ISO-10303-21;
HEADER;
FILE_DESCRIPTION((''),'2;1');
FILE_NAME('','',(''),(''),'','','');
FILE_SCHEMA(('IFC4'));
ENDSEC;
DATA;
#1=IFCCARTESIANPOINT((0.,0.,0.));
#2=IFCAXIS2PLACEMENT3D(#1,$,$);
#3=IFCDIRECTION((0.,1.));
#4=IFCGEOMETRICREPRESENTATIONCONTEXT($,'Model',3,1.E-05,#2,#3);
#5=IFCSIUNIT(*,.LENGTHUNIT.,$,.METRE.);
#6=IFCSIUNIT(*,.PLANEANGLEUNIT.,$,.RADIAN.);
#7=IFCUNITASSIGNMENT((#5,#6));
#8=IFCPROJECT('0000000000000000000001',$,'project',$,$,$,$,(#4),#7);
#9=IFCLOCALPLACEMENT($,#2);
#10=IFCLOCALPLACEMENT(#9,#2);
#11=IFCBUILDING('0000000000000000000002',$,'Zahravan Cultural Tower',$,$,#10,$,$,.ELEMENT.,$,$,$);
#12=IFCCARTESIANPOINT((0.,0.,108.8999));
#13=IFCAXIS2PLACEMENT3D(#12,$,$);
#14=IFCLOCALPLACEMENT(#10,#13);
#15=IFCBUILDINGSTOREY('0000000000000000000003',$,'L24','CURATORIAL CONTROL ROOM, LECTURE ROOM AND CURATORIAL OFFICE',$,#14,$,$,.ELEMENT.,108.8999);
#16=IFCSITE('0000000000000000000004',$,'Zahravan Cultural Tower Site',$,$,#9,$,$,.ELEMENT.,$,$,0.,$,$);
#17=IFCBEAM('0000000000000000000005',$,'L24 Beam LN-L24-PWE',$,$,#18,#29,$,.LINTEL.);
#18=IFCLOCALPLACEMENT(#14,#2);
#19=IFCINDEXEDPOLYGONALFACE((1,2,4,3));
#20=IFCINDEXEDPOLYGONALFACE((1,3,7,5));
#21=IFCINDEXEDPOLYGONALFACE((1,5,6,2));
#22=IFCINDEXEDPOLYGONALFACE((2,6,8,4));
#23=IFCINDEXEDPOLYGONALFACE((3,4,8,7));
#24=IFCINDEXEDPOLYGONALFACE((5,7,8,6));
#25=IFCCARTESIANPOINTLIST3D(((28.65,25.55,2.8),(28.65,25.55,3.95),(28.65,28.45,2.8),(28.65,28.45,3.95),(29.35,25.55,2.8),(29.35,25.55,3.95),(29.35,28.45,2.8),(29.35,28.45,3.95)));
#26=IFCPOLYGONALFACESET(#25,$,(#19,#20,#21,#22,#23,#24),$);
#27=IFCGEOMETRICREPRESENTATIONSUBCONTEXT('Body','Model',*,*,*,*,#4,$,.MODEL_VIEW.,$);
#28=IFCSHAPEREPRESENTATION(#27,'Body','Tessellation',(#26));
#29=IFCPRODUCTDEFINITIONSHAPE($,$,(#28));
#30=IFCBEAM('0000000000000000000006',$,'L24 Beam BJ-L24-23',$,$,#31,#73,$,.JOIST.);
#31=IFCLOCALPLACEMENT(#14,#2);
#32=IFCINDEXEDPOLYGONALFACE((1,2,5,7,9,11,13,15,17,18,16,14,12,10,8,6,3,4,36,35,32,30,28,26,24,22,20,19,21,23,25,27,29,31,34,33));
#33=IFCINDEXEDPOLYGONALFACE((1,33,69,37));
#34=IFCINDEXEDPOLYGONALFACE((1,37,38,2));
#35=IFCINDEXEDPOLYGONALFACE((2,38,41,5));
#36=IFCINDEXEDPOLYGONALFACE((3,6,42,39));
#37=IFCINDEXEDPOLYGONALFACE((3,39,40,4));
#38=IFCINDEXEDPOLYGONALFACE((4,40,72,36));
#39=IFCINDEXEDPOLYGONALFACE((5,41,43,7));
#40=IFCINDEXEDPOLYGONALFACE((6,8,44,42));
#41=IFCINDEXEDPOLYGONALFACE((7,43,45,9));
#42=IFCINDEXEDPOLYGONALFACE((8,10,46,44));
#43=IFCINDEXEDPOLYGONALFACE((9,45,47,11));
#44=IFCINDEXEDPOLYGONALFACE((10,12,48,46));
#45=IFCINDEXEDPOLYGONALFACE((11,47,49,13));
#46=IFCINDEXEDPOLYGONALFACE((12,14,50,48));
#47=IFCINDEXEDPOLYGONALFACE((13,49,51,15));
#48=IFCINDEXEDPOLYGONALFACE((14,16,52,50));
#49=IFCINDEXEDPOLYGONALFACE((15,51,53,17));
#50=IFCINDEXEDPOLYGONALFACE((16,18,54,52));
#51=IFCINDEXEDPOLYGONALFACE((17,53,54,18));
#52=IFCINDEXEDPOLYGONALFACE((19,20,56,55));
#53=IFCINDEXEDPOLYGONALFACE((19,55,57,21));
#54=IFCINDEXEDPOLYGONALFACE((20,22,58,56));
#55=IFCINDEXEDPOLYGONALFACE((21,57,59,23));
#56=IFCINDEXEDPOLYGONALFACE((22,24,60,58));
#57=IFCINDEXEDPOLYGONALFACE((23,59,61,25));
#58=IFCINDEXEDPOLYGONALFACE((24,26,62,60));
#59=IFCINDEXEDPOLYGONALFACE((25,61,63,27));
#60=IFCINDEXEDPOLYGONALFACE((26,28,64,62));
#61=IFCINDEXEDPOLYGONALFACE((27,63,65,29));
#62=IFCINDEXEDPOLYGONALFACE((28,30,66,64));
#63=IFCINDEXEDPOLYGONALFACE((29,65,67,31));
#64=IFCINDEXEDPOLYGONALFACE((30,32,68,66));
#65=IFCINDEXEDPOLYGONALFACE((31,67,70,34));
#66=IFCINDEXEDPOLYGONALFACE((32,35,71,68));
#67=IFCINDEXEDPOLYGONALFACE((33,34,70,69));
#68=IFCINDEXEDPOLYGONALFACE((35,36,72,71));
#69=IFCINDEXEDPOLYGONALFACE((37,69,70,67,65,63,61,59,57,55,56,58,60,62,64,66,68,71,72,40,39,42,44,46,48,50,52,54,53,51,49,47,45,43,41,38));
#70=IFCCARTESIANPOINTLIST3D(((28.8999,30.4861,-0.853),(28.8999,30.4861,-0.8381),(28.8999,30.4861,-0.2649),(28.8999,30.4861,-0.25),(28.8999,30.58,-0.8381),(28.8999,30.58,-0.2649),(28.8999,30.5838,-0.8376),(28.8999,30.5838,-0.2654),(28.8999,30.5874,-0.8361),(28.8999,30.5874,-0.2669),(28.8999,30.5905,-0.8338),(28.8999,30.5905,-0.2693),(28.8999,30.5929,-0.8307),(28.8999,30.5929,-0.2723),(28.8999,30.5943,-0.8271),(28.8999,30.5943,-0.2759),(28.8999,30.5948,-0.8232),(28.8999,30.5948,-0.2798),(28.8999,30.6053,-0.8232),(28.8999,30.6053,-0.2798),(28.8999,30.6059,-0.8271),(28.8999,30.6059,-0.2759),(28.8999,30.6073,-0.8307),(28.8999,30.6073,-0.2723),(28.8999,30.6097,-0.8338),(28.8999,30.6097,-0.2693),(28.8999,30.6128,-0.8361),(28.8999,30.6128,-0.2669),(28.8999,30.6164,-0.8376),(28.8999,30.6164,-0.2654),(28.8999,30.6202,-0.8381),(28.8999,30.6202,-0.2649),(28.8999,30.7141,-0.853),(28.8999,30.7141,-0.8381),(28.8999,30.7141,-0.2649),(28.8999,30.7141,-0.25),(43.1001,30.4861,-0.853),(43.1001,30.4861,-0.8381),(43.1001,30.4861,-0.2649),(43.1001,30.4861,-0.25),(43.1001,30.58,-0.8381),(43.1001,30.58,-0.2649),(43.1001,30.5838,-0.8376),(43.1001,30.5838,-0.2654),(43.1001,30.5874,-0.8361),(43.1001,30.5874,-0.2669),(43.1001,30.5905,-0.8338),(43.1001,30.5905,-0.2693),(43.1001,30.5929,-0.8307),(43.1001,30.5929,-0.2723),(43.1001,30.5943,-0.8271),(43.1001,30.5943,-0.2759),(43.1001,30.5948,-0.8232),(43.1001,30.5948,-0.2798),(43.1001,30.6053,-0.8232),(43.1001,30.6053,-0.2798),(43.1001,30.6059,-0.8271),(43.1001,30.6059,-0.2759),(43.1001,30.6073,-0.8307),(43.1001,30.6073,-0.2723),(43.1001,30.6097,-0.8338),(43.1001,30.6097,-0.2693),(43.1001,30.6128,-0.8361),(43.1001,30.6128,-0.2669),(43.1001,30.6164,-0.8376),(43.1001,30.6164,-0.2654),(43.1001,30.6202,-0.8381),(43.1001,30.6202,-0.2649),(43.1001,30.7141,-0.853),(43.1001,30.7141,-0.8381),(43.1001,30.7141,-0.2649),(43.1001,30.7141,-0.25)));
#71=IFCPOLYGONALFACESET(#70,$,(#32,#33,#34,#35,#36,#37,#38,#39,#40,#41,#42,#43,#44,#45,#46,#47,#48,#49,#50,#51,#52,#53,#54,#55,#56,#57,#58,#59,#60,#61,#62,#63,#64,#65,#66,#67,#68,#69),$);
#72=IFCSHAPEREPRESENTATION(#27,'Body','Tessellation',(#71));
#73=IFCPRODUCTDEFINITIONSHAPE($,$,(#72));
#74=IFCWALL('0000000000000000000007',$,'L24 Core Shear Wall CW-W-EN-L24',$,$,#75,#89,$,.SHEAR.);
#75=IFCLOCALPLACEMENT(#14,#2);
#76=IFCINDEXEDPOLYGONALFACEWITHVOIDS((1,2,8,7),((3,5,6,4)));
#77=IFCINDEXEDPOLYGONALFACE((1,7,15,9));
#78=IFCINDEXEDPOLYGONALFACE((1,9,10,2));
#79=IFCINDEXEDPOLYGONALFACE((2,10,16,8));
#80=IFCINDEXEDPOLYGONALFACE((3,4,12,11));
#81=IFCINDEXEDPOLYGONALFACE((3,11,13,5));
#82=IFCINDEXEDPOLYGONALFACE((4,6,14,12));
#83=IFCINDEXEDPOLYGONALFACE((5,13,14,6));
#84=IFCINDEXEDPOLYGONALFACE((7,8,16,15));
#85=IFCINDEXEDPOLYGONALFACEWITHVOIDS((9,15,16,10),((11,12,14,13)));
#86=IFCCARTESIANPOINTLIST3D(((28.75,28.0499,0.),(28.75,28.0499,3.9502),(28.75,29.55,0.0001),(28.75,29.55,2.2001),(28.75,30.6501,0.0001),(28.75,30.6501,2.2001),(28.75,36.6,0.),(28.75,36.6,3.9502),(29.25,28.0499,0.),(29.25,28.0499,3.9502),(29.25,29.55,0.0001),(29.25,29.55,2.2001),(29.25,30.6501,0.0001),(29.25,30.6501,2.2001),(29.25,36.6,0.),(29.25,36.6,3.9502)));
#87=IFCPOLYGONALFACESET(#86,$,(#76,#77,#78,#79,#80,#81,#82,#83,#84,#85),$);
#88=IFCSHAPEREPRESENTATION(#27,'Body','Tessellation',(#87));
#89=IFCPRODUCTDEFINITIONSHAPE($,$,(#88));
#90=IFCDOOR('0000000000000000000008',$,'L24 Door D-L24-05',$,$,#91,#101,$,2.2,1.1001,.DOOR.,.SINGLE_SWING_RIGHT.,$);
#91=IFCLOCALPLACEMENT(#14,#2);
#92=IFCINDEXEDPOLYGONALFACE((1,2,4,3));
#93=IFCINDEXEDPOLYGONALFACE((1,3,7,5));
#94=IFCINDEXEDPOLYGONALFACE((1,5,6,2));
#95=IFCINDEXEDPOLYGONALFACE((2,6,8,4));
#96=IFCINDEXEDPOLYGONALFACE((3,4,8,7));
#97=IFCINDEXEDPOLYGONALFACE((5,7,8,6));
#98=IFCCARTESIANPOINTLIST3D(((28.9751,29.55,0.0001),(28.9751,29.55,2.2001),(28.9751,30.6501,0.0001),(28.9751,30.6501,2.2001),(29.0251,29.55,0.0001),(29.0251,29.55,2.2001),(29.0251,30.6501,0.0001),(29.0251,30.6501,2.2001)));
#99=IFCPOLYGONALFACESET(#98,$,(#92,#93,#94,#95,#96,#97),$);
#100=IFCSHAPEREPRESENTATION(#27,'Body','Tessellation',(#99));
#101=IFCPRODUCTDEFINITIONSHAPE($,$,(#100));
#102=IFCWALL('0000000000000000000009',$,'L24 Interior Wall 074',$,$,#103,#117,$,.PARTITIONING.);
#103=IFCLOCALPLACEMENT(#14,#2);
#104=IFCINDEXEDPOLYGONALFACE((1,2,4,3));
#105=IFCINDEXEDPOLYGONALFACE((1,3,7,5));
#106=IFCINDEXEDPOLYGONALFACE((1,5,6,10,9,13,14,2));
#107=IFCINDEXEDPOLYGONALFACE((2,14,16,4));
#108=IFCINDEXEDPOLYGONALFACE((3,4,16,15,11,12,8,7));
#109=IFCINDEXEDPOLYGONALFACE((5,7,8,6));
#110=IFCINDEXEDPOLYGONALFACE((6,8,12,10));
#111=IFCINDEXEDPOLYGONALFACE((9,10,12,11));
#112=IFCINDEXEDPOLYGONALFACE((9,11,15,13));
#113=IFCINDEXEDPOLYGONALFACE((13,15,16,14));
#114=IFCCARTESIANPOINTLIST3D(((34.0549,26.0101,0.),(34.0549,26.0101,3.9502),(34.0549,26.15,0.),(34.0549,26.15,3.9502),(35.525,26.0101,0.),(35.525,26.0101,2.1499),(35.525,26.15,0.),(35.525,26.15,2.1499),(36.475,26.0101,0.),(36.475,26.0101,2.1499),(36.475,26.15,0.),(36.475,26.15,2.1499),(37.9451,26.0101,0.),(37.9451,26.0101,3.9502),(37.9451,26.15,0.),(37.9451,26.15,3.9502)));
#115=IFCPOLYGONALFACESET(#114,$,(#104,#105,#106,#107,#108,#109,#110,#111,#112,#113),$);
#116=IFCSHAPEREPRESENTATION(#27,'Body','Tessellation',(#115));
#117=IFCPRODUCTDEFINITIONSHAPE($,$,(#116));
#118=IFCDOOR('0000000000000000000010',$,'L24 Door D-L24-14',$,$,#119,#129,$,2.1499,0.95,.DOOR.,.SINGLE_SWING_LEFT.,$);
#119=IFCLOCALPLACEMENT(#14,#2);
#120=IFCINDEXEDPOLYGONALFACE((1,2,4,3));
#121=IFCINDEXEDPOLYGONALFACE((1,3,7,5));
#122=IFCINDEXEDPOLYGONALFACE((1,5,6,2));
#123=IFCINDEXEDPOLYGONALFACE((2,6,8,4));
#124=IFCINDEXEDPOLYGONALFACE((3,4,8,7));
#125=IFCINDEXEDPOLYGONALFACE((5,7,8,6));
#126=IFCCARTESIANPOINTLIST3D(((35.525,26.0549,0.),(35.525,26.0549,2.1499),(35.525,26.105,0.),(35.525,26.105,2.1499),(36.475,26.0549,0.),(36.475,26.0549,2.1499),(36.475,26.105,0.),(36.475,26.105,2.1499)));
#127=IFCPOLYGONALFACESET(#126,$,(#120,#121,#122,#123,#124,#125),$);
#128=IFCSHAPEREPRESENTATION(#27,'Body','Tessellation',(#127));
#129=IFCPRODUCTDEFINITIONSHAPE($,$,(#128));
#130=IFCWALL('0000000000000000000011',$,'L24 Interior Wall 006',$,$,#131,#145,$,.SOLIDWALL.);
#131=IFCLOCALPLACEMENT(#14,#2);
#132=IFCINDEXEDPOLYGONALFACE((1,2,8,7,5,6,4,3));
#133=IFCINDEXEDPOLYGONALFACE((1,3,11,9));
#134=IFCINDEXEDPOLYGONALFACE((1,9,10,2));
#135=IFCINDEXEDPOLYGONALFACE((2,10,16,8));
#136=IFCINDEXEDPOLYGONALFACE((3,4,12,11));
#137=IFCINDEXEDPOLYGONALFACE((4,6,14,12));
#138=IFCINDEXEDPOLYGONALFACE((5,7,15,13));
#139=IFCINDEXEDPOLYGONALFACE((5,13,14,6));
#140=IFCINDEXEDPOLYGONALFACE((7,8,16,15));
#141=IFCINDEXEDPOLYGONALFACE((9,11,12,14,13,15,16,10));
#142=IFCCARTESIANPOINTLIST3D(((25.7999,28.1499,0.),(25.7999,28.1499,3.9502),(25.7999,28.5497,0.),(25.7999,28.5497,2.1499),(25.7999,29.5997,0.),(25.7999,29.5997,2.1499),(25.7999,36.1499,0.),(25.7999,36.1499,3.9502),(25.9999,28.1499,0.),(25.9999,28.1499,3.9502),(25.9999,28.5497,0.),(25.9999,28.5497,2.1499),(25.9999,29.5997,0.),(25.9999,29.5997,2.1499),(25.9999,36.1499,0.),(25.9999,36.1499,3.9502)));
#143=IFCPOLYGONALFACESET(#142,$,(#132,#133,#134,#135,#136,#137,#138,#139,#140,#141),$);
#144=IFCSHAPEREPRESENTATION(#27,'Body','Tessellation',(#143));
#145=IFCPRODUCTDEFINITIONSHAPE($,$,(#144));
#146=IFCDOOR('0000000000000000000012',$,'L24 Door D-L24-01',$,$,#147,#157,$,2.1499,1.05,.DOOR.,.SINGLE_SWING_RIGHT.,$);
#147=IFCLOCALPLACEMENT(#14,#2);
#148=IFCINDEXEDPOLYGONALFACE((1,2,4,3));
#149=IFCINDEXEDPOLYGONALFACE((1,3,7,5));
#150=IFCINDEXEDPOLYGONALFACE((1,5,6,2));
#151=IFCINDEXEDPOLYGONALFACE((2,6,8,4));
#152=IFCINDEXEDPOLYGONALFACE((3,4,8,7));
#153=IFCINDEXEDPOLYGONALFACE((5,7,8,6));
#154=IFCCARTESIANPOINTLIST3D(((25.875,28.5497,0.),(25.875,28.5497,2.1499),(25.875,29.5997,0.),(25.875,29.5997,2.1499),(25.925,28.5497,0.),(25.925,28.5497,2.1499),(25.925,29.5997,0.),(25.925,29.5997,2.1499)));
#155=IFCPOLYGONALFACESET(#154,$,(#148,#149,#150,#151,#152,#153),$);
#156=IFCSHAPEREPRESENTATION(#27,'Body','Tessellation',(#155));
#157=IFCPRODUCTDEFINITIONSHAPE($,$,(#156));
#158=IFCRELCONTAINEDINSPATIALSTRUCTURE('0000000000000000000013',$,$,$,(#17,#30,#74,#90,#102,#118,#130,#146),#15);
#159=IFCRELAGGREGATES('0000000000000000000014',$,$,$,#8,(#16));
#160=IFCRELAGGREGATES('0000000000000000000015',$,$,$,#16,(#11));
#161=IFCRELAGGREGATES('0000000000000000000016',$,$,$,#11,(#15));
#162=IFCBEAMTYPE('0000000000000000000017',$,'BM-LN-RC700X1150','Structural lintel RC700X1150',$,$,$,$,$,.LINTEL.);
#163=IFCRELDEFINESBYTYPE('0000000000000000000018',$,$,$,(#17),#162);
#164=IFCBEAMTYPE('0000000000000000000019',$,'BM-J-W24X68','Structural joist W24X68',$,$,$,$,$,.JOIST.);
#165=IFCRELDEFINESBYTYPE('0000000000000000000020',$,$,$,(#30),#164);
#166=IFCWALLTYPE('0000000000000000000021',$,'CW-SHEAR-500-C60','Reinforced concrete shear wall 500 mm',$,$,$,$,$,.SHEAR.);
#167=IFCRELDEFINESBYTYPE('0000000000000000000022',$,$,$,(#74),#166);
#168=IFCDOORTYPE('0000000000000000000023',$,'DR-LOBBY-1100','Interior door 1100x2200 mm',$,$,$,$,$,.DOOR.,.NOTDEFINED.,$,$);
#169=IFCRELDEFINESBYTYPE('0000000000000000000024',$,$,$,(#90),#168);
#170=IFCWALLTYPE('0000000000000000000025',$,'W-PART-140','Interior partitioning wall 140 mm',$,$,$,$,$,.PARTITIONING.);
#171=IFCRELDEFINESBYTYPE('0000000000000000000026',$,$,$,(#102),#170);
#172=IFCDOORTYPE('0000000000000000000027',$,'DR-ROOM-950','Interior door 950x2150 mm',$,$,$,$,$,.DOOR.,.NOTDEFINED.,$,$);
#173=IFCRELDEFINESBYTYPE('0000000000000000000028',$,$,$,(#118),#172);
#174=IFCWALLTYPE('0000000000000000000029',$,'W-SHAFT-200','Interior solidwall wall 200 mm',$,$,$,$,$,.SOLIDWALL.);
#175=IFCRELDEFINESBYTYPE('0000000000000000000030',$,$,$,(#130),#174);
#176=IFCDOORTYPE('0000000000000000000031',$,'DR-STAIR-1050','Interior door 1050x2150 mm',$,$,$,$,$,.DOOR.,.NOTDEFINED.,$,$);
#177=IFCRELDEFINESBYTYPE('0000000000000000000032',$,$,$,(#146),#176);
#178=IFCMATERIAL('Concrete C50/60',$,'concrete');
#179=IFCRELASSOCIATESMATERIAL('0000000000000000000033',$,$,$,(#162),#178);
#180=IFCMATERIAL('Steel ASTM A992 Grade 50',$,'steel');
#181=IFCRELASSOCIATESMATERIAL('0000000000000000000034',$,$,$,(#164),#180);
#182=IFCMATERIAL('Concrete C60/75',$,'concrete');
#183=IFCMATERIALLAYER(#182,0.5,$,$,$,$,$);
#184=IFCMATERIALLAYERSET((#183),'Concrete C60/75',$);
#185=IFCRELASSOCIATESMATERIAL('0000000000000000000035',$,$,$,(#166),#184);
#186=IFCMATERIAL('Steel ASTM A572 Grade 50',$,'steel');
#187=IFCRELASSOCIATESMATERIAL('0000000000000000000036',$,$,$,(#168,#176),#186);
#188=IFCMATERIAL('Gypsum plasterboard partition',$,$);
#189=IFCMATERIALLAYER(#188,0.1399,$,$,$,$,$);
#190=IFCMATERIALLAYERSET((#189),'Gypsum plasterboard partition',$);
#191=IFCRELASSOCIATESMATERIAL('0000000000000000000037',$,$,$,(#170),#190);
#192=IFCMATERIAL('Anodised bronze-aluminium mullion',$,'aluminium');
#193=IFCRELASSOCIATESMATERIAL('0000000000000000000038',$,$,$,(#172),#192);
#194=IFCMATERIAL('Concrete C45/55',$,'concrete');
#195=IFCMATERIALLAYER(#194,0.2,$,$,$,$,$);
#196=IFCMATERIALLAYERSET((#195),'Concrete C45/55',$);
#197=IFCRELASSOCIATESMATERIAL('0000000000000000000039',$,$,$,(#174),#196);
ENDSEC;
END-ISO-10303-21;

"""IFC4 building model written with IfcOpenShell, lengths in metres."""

from ifc_helpers import new_model, si_unit, direction, frame, frame_2d, origin, origin_2d, place, context, subcontext, project, spatial, rectangle, i_section, extrude, source, transform, mapped, material, layer, layer_set, material_profile, profile_set, type_object, element, fill, save


model = new_model("IFC4")

# Units and contexts
model_context = context("Model", 3, precision=1e-05, world=origin(), true_north=direction((0.0, 1.0)))
body_context = subcontext(model_context, "Body", "Model", "MODEL_VIEW")
ifc_project = project(units=[si_unit("LENGTHUNIT", "METRE"), si_unit("PLANEANGLEUNIT", "RADIAN")], contexts=[model_context])

# Site, building, storey
site_placement = place(None, origin())
site = spatial("IfcSite", under=ifc_project, at=site_placement, Name="Zahravan Cultural Tower Site", CompositionType="ELEMENT", RefElevation=0.0)
building_placement = place(site_placement, origin())
building = spatial("IfcBuilding", under=site, at=building_placement, Name="Zahravan Cultural Tower", CompositionType="ELEMENT")
storey_placement = place(building_placement, frame((0.0, 0.0, 108.8999)))
storey = spatial("IfcBuildingStorey", under=building, at=storey_placement, Name="L24", Description="CURATORIAL CONTROL ROOM, LECTURE ROOM AND CURATORIAL OFFICE", CompositionType="ELEMENT", Elevation=108.8999)

# Beams
ifc_material_1 = material(Name="Concrete C50/60", Category="concrete")
ifc_material_profile_1 = material_profile(ifc_material_1, rectangle(XDim=0.7, YDim=1.1499, at=origin_2d()), Name="RC700X1150")
ifc_profile_set_1 = profile_set([ifc_material_profile_1], Name="Concrete C50/60")
beam_type_1 = type_object("IfcBeamType", Name="BM-LN-RC700X1150", Description="Structural lintel RC700X1150", PredefinedType="LINTEL", material=ifc_profile_set_1)
shared_shape_1 = source(origin(), body_context, "Body", "SweptSolid", [
    extrude(rectangle(XDim=0.7, YDim=1.1499, at=origin_2d()), origin(), (0.0, 0.0, 1.0), 2.8999),
])
beam_1_placement = place(storey_placement, frame((29.0, 25.55, 3.375), z_axis=(0.0, 1.0, 0.0), x_axis=(-1.0, 0.0, 0.0)))
element("IfcBeam", 1, at=beam_1_placement, inside=storey, type_object=beam_type_1, Name="L24 Beam LN-L24-PWE", PredefinedType="LINTEL", context=body_context, shape_type="MappedRepresentation", body=[
    mapped(shared_shape_1, transform((0.0, 0.0, 0.0), x_axis=(1.0, 0.0, 0.0), y_axis=(0.0, 1.0, 0.0), z_axis=(0.0, 0.0, 1.0), scale=1.0)),
])
ifc_material_2 = material(Name="Steel ASTM A992 Grade 50", Category="steel")
ifc_material_profile_2 = material_profile(ifc_material_2, i_section(OverallWidth=0.228, OverallDepth=0.603, WebThickness=0.0105, FlangeThickness=0.0149, FilletRadius=0.0149, at=origin_2d()), Name="W24X68")
ifc_profile_set_2 = profile_set([ifc_material_profile_2], Name="Steel ASTM A992 Grade 50")
beam_type_2 = type_object("IfcBeamType", Name="BM-J-W24X68", Description="Structural joist W24X68", PredefinedType="JOIST", material=ifc_profile_set_2)
shared_shape_2 = source(origin(), body_context, "Body", "SweptSolid", [
    extrude(i_section(OverallWidth=0.228, OverallDepth=0.603, WebThickness=0.0105, FlangeThickness=0.0149, FilletRadius=0.0149, at=origin_2d()), origin(), (0.0, 0.0, 1.0), 14.2002),
])
beam_2_placement = place(storey_placement, frame((28.8999, 30.6001, -0.5515), z_axis=(1.0, 0.0, 0.0), x_axis=(0.0, 1.0, 0.0)))
element("IfcBeam", 2, at=beam_2_placement, inside=storey, type_object=beam_type_2, Name="L24 Beam BJ-L24-23", PredefinedType="JOIST", context=body_context, shape_type="MappedRepresentation", body=[
    mapped(shared_shape_2, transform((0.0, 0.0, 0.0), x_axis=(1.0, 0.0, 0.0), y_axis=(0.0, 1.0, 0.0), z_axis=(0.0, 0.0, 1.0), scale=1.0)),
])

# Walls, openings, doors
ifc_material_3 = material(Name="Concrete C60/75", Category="concrete")
ifc_layer_1 = layer(ifc_material_3, 0.5)
ifc_layer_set_1 = layer_set([ifc_layer_1], Name="Concrete C60/75")
wall_type_1 = type_object("IfcWallType", Name="CW-SHEAR-500-C60", Description="Reinforced concrete shear wall 500 mm", PredefinedType="SHEAR", material=ifc_layer_set_1)
wall_1_placement = place(storey_placement, frame((29.0, 28.05, 0.0), z_axis=(0.0, 0.0, 1.0), x_axis=(0.0, 1.0, 0.0)))
wall_1 = element("IfcWall", 3, at=wall_1_placement, inside=storey, type_object=wall_type_1, Name="L24 Core Shear Wall CW-W-EN-L24", PredefinedType="SHEAR", context=body_context, shape_type="SweptSolid", body=[
    extrude(rectangle(XDim=8.55, YDim=0.5, at=frame_2d((4.2749, 0.0))), origin(), (0.0, 0.0, 1.0), 3.9502),
])
opening_1_placement = place(wall_1_placement, frame((1.5, 0.0, 0.0)))
opening_1 = element("IfcOpeningElement", 4, at=opening_1_placement, cuts=wall_1, PredefinedType="OPENING", context=body_context, shape_type="SweptSolid", body=[
    extrude(rectangle(XDim=1.1001, YDim=2.2, at=frame_2d((0.55, 1.1001))), frame((0.0, 0.26, 0.0), z_axis=(0.0, -1.0, 0.0), x_axis=(1.0, 0.0, 0.0)), (0.0, 0.0, 1.0), 0.52),
])
ifc_material_4 = material(Name="Steel ASTM A572 Grade 50", Category="steel")
door_type_1 = type_object("IfcDoorType", Name="DR-LOBBY-1100", Description="Interior door 1100x2200 mm", OperationType="NOTDEFINED", PredefinedType="DOOR", material=ifc_material_4)
shared_shape_3 = source(origin(), body_context, "Body", "SweptSolid", [
    extrude(rectangle(XDim=1.1001, YDim=2.2, at=frame_2d((0.55, 1.1001))), frame((0.0, 0.0249, 0.0), z_axis=(0.0, -1.0, 0.0), x_axis=(1.0, 0.0, 0.0)), (0.0, 0.0, 1.0), 0.05),
])
door_1_placement = place(opening_1_placement, origin())
door_1 = element("IfcDoor", 5, at=door_1_placement, inside=storey, type_object=door_type_1, Name="L24 Door D-L24-05", OperationType="SINGLE_SWING_RIGHT", OverallHeight=2.2, OverallWidth=1.1001, PredefinedType="DOOR", context=body_context, shape_type="MappedRepresentation", body=[
    mapped(shared_shape_3, transform((0.0, 0.0, 0.0), x_axis=(1.0, 0.0, 0.0), y_axis=(0.0, 1.0, 0.0), z_axis=(0.0, 0.0, 1.0), scale=1.0)),
])
fill(opening_1, door_1)
ifc_material_5 = material(Name="Gypsum plasterboard partition")
ifc_layer_2 = layer(ifc_material_5, 0.1399)
ifc_layer_set_2 = layer_set([ifc_layer_2], Name="Gypsum plasterboard partition")
wall_type_2 = type_object("IfcWallType", Name="W-PART-140", Description="Interior partitioning wall 140 mm", PredefinedType="PARTITIONING", material=ifc_layer_set_2)
wall_2_placement = place(storey_placement, frame((34.0549, 26.0801, 0.0), z_axis=(0.0, 0.0, 1.0), x_axis=(1.0, 0.0, 0.0)))
wall_2 = element("IfcWall", 6, at=wall_2_placement, inside=storey, type_object=wall_type_2, Name="L24 Interior Wall 074", PredefinedType="PARTITIONING", context=body_context, shape_type="SweptSolid", body=[
    extrude(rectangle(XDim=3.8901, YDim=0.1399, at=frame_2d((1.9451, 0.0))), origin(), (0.0, 0.0, 1.0), 3.9502),
])
opening_2_placement = place(wall_2_placement, frame((1.47, 0.0, 0.0)))
opening_2 = element("IfcOpeningElement", 7, at=opening_2_placement, cuts=wall_2, PredefinedType="OPENING", context=body_context, shape_type="SweptSolid", body=[
    extrude(rectangle(XDim=0.95, YDim=2.1499, at=frame_2d((0.4751, 1.075))), frame((0.0, 0.0798, 0.0), z_axis=(0.0, -1.0, 0.0), x_axis=(1.0, 0.0, 0.0)), (0.0, 0.0, 1.0), 0.1599),
])
ifc_material_6 = material(Name="Anodised bronze-aluminium mullion", Category="aluminium")
door_type_2 = type_object("IfcDoorType", Name="DR-ROOM-950", Description="Interior door 950x2150 mm", OperationType="NOTDEFINED", PredefinedType="DOOR", material=ifc_material_6)
shared_shape_4 = source(origin(), body_context, "Body", "SweptSolid", [
    extrude(rectangle(XDim=0.95, YDim=2.1499, at=frame_2d((0.4751, 1.075))), frame((0.0, 0.0249, 0.0), z_axis=(0.0, -1.0, 0.0), x_axis=(1.0, 0.0, 0.0)), (0.0, 0.0, 1.0), 0.05),
])
door_2_placement = place(opening_2_placement, origin())
door_2 = element("IfcDoor", 8, at=door_2_placement, inside=storey, type_object=door_type_2, Name="L24 Door D-L24-14", OperationType="SINGLE_SWING_LEFT", OverallHeight=2.1499, OverallWidth=0.95, PredefinedType="DOOR", context=body_context, shape_type="MappedRepresentation", body=[
    mapped(shared_shape_4, transform((0.0, 0.0, 0.0), x_axis=(1.0, 0.0, 0.0), y_axis=(0.0, 1.0, 0.0), z_axis=(0.0, 0.0, 1.0), scale=1.0)),
])
fill(opening_2, door_2)
ifc_material_7 = material(Name="Concrete C45/55", Category="concrete")
ifc_layer_3 = layer(ifc_material_7, 0.2)
ifc_layer_set_3 = layer_set([ifc_layer_3], Name="Concrete C45/55")
wall_type_3 = type_object("IfcWallType", Name="W-SHAFT-200", Description="Interior solidwall wall 200 mm", PredefinedType="SOLIDWALL", material=ifc_layer_set_3)
wall_3_placement = place(storey_placement, frame((25.8999, 28.1499, 0.0), z_axis=(0.0, 0.0, 1.0), x_axis=(0.0, 1.0, 0.0)))
wall_3 = element("IfcWall", 9, at=wall_3_placement, inside=storey, type_object=wall_type_3, Name="L24 Interior Wall 006", PredefinedType="SOLIDWALL", context=body_context, shape_type="SweptSolid", body=[
    extrude(rectangle(XDim=8.0, YDim=0.2, at=frame_2d((4.0, 0.0))), origin(), (0.0, 0.0, 1.0), 3.9502),
])
opening_3_placement = place(wall_3_placement, frame((0.3999, 0.0, 0.0)))
opening_3 = element("IfcOpeningElement", 10, at=opening_3_placement, cuts=wall_3, PredefinedType="OPENING", context=body_context, shape_type="SweptSolid", body=[
    extrude(rectangle(XDim=1.05, YDim=2.1499, at=frame_2d((0.5249, 1.075))), frame((0.0, 0.1099, 0.0), z_axis=(0.0, -1.0, 0.0), x_axis=(1.0, 0.0, 0.0)), (0.0, 0.0, 1.0), 0.22),
])
door_type_3 = type_object("IfcDoorType", Name="DR-STAIR-1050", Description="Interior door 1050x2150 mm", OperationType="NOTDEFINED", PredefinedType="DOOR", material=ifc_material_4)
shared_shape_5 = source(origin(), body_context, "Body", "SweptSolid", [
    extrude(rectangle(XDim=1.05, YDim=2.1499, at=frame_2d((0.5249, 1.075))), frame((0.0, 0.0249, 0.0), z_axis=(0.0, -1.0, 0.0), x_axis=(1.0, 0.0, 0.0)), (0.0, 0.0, 1.0), 0.05),
])
door_3_placement = place(opening_3_placement, origin())
door_3 = element("IfcDoor", 11, at=door_3_placement, inside=storey, type_object=door_type_3, Name="L24 Door D-L24-01", OperationType="SINGLE_SWING_RIGHT", OverallHeight=2.1499, OverallWidth=1.05, PredefinedType="DOOR", context=body_context, shape_type="MappedRepresentation", body=[
    mapped(shared_shape_5, transform((0.0, 0.0, 0.0), x_axis=(1.0, 0.0, 0.0), y_axis=(0.0, 1.0, 0.0), z_axis=(0.0, 0.0, 1.0), scale=1.0)),
])
fill(opening_3, door_3)

save(model, "model.ifc")
